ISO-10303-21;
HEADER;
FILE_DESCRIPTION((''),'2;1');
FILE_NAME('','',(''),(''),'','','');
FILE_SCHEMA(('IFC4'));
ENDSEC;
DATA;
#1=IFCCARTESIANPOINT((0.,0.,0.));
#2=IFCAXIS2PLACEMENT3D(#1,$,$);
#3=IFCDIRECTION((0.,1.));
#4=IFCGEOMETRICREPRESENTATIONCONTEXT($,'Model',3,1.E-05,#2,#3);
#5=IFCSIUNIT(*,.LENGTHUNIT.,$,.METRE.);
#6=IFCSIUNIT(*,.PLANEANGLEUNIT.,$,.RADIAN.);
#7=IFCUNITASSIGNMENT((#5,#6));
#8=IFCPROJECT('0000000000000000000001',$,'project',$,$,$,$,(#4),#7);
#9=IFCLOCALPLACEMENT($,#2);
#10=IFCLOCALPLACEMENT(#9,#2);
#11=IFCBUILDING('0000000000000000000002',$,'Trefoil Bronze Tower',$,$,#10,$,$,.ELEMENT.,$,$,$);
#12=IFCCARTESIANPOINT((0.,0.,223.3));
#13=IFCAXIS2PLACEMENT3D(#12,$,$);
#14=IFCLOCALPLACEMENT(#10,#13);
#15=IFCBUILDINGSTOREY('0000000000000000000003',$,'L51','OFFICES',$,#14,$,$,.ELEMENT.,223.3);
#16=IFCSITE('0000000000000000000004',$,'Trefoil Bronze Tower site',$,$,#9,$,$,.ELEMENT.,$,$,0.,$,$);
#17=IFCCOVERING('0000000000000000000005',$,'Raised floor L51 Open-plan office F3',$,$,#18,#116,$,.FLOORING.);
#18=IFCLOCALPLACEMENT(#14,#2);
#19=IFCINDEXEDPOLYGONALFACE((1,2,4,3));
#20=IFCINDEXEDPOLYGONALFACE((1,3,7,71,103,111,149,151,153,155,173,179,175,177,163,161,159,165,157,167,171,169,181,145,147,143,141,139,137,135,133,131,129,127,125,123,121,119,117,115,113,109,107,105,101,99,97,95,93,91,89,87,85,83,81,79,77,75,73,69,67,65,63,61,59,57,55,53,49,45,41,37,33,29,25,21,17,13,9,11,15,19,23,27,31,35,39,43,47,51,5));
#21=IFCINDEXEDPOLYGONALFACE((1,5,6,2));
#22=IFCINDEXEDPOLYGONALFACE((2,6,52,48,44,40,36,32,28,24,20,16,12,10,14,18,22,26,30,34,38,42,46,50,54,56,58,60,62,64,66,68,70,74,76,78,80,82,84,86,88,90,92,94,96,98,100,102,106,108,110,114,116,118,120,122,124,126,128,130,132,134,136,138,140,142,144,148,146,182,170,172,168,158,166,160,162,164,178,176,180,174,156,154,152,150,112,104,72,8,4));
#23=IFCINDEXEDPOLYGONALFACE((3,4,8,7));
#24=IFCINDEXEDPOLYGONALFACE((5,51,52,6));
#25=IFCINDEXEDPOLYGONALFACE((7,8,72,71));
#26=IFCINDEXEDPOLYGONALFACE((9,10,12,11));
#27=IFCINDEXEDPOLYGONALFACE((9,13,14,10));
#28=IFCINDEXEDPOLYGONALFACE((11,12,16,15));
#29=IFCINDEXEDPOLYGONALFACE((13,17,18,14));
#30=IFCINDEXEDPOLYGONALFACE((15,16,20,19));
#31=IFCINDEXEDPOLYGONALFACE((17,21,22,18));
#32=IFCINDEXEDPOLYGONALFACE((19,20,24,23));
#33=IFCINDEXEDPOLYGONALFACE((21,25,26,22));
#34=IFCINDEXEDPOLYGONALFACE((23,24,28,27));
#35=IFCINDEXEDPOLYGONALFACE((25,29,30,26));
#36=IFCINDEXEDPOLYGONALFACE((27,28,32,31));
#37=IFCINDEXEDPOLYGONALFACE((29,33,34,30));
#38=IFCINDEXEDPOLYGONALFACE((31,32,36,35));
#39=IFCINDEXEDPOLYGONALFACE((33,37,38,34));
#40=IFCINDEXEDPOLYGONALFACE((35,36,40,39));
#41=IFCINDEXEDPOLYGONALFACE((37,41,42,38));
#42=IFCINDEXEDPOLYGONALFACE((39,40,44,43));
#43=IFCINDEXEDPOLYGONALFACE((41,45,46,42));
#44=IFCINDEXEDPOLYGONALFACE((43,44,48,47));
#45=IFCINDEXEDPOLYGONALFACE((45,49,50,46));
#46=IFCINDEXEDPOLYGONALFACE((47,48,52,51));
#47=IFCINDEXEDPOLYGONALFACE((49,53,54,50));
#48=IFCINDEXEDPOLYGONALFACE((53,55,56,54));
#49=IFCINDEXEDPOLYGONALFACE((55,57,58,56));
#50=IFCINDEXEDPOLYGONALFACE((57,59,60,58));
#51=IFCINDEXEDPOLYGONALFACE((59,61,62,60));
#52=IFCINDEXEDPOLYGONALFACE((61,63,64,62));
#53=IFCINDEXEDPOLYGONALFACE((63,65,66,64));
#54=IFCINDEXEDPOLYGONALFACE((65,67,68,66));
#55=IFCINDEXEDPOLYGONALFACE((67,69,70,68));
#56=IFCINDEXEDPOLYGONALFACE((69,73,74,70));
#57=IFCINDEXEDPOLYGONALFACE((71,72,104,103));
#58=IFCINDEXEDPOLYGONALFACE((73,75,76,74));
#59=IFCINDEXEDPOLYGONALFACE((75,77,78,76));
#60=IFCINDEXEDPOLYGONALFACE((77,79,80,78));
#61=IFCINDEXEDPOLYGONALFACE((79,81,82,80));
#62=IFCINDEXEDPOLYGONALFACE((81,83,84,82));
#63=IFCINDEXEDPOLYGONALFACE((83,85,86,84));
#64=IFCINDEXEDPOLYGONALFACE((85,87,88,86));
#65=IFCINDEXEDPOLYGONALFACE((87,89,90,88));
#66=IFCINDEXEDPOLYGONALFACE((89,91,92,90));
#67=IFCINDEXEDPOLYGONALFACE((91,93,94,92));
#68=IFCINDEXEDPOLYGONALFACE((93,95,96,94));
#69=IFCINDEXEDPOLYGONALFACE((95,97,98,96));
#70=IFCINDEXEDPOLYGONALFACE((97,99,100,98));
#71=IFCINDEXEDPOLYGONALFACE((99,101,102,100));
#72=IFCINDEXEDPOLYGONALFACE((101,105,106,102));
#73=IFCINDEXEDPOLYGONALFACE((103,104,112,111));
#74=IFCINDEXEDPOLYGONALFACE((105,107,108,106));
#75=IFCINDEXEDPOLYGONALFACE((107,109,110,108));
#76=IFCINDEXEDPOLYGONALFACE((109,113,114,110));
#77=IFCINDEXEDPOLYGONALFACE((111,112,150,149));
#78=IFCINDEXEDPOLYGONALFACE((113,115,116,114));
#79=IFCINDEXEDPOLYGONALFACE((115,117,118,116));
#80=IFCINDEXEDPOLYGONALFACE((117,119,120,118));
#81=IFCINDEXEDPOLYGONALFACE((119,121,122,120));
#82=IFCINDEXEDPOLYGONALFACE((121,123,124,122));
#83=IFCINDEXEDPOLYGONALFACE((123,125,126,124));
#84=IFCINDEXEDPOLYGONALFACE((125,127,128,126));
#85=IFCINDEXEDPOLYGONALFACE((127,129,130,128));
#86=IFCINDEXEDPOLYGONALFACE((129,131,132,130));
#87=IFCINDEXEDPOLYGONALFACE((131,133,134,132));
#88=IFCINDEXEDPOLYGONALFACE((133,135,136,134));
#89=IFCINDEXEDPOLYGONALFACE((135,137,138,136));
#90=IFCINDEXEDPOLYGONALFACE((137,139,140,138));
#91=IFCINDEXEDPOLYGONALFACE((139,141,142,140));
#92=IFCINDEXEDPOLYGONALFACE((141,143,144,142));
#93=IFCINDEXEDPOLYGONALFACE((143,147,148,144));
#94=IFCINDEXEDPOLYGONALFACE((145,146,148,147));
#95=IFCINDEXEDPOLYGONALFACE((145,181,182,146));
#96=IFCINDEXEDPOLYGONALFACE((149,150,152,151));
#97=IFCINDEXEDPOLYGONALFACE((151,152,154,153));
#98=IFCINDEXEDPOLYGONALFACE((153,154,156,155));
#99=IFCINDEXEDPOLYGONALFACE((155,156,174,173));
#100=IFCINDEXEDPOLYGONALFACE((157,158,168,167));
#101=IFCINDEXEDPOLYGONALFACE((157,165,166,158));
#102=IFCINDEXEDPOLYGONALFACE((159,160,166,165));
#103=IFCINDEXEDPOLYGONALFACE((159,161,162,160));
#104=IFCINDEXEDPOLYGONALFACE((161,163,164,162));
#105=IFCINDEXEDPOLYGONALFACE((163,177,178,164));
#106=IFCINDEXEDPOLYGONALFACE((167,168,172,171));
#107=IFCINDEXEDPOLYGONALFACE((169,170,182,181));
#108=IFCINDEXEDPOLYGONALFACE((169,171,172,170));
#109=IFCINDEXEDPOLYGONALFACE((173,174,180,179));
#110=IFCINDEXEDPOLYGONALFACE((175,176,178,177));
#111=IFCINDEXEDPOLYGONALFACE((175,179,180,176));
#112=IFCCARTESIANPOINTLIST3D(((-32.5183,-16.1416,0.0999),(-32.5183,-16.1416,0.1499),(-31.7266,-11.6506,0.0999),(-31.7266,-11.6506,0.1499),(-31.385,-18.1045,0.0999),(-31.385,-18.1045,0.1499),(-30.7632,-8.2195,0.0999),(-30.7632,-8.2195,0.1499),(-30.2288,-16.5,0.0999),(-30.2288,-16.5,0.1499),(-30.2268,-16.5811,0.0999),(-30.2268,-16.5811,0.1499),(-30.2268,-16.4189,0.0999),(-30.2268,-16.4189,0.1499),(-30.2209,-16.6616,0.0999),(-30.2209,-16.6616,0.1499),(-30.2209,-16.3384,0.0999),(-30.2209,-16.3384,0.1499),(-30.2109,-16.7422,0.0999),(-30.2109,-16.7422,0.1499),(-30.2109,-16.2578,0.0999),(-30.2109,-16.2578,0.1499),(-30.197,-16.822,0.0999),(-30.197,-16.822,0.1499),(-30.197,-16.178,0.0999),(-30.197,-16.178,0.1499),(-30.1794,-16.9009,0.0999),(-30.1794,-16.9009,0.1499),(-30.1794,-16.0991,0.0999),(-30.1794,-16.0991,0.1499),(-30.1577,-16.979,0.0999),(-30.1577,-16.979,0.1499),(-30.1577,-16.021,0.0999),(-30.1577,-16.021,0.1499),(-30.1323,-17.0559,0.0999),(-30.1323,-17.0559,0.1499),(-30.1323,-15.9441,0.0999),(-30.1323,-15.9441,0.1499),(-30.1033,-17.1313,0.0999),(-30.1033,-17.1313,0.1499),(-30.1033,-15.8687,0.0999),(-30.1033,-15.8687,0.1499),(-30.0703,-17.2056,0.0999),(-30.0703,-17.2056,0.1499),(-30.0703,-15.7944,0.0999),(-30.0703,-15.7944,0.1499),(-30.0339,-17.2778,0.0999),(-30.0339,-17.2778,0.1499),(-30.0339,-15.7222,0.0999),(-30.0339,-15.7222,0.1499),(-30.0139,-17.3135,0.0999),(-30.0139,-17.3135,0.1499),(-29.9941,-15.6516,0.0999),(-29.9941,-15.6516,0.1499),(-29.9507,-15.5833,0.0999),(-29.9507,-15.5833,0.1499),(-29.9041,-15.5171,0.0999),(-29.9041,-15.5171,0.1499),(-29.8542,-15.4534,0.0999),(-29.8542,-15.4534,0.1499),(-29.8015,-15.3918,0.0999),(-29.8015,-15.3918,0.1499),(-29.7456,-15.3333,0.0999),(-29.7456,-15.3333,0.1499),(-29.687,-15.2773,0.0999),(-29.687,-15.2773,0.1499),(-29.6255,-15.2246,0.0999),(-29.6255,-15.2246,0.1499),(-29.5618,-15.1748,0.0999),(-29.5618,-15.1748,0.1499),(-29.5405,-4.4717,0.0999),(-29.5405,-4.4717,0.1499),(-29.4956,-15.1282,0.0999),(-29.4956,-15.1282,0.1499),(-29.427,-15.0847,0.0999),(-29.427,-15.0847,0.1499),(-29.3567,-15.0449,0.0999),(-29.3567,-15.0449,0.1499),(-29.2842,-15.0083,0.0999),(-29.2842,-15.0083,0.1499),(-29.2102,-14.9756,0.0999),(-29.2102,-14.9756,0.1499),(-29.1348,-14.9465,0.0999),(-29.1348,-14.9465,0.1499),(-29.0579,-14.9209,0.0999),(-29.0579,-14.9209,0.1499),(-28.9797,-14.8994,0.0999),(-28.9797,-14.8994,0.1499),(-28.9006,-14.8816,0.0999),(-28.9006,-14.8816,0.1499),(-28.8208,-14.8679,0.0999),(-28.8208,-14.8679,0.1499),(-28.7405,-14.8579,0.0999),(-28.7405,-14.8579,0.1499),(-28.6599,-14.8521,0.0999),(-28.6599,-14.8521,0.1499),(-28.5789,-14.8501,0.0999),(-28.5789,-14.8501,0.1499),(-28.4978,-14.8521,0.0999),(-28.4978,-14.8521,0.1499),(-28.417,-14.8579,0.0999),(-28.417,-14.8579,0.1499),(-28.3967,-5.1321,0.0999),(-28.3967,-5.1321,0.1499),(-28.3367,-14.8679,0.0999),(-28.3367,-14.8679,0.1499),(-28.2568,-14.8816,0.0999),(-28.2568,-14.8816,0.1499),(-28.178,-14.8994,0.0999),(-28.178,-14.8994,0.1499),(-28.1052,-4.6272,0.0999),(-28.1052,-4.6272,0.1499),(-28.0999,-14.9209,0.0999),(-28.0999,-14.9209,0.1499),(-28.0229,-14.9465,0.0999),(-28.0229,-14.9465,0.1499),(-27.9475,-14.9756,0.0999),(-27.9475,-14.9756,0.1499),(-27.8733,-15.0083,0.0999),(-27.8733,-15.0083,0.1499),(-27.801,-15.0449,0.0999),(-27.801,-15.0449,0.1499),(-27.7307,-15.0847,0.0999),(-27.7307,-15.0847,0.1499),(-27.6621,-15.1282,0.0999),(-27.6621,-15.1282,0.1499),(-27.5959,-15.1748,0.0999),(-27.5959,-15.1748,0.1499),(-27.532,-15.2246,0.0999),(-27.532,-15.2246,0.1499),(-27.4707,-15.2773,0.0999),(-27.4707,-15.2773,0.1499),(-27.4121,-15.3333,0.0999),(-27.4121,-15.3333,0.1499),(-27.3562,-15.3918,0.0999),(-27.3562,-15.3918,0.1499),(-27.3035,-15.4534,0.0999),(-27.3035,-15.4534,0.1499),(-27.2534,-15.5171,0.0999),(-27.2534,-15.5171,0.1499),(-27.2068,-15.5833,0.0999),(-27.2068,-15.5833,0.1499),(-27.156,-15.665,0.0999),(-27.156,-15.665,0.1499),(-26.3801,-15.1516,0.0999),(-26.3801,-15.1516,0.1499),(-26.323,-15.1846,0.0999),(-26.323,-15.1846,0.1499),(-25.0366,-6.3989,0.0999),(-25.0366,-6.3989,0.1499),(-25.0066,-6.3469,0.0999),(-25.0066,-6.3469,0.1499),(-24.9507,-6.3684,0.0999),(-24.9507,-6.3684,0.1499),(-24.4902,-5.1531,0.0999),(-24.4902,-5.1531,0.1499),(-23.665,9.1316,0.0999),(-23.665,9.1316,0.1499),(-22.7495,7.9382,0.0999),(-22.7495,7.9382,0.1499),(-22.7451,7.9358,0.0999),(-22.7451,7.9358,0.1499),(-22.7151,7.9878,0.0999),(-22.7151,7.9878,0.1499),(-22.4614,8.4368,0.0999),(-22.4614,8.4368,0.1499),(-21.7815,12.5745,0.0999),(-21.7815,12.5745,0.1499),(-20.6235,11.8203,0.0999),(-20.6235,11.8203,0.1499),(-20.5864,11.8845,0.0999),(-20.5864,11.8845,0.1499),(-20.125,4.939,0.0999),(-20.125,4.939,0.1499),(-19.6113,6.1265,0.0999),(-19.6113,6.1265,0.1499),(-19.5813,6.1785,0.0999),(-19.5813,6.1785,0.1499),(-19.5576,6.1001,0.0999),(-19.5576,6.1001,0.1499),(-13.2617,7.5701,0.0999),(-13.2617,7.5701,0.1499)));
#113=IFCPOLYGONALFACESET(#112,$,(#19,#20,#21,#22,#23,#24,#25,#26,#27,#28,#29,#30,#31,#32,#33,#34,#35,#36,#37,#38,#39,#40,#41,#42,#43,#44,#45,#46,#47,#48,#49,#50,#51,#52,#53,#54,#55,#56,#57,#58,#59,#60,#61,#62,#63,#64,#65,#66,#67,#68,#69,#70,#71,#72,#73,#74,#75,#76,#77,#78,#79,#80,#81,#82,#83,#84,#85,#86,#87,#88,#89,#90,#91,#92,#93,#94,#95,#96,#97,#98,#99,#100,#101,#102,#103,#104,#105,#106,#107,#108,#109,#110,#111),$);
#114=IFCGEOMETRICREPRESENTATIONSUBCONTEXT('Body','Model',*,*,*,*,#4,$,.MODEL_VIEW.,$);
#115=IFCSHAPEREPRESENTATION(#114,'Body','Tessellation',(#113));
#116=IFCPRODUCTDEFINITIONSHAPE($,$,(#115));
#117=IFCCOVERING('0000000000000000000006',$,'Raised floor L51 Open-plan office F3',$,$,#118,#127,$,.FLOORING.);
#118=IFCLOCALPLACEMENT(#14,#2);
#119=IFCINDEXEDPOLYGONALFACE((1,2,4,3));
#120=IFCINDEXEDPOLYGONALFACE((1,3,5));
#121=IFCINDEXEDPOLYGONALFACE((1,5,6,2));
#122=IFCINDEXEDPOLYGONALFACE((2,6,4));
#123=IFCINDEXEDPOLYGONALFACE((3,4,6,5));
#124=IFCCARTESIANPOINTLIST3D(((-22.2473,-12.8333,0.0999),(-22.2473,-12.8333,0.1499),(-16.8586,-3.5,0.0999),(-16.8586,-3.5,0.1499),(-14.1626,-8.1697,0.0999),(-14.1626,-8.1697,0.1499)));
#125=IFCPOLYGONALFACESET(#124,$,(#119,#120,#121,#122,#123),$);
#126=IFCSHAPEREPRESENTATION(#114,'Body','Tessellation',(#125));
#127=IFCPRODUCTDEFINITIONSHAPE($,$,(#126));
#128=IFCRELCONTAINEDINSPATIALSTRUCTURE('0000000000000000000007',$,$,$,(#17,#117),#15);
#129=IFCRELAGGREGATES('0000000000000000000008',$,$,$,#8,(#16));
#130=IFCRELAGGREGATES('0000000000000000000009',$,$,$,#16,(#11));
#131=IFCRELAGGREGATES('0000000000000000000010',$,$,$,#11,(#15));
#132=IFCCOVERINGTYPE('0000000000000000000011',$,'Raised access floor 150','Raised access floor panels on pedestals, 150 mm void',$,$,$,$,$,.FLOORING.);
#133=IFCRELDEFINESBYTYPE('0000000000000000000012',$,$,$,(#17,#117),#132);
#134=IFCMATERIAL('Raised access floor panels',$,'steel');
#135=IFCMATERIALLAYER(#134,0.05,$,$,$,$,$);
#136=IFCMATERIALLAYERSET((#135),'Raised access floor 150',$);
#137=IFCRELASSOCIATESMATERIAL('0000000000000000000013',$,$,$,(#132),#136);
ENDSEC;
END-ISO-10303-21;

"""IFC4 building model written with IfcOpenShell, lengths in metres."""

from ifc_helpers import new_model, si_unit, direction, frame, origin, place, context, subcontext, project, spatial, polyline, outline, extrude, material, layer, layer_set, type_object, element, save


model = new_model("IFC4")

# Units and contexts
model_context = context("Model", 3, precision=1e-05, world=origin(), true_north=direction((0.0, 1.0)))
body_context = subcontext(model_context, "Body", "Model", "MODEL_VIEW")
ifc_project = project(units=[si_unit("LENGTHUNIT", "METRE"), si_unit("PLANEANGLEUNIT", "RADIAN")], contexts=[model_context])

# Site, building, storey
site_placement = place(None, origin())
site = spatial("IfcSite", under=ifc_project, at=site_placement, Name="Trefoil Bronze Tower site", CompositionType="ELEMENT", RefElevation=0.0)
building_placement = place(site_placement, origin())
building = spatial("IfcBuilding", under=site, at=building_placement, Name="Trefoil Bronze Tower", CompositionType="ELEMENT")
storey_placement = place(building_placement, frame((0.0, 0.0, 223.3)))
storey = spatial("IfcBuildingStorey", under=building, at=storey_placement, Name="L51", Description="OFFICES", CompositionType="ELEMENT", Elevation=223.3)

# Coverings
ifc_material_1 = material(Name="Raised access floor panels", Category="steel")
ifc_layer_1 = layer(ifc_material_1, 0.05)
ifc_layer_set_1 = layer_set([ifc_layer_1], Name="Raised access floor 150")
covering_type = type_object("IfcCoveringType", Name="Raised access floor 150", Description="Raised access floor panels on pedestals, 150 mm void", PredefinedType="FLOORING", material=ifc_layer_set_1)
covering_1_placement = place(storey_placement, frame((0.0, 0.0, 0.0999)))
element("IfcCovering", 1, at=covering_1_placement, inside=storey, type_object=covering_type, Name="Raised floor L51 Open-plan office F3", PredefinedType="FLOORING", context=body_context, shape_type="SweptSolid", body=[
    extrude(outline(polyline([(-31.385, -18.1045), (-32.5183, -16.1416), (-31.7266, -11.6506), (-30.7632, -8.2195), (-29.5405, -4.4717), (-28.3967, -5.1321), (-28.1052, -4.6272), (-25.0366, -6.3989), (-25.0066, -6.3469), (-24.9507, -6.3684), (-24.4902, -5.1531), (-20.125, 4.939), (-19.5576, 6.1001), (-19.6113, 6.1265), (-19.5813, 6.1785), (-22.7151, 7.9878), (-22.7451, 7.9358), (-22.7495, 7.9382), (-22.4614, 8.4368), (-23.665, 9.1316), (-21.7815, 12.5745), (-20.5864, 11.8845), (-20.6235, 11.8203), (-13.2617, 7.5701), (-26.3801, -15.1516), (-26.323, -15.1846), (-27.156, -15.665), (-27.2068, -15.5833), (-27.2534, -15.5171), (-27.3035, -15.4534), (-27.3562, -15.3918), (-27.4121, -15.3333), (-27.4707, -15.2773), (-27.532, -15.2246), (-27.5959, -15.1748), (-27.6621, -15.1282), (-27.7307, -15.0847), (-27.801, -15.0449), (-27.8733, -15.0083), (-27.9475, -14.9756), (-28.0229, -14.9465), (-28.0999, -14.9209), (-28.178, -14.8994), (-28.2568, -14.8816), (-28.3367, -14.8679), (-28.417, -14.8579), (-28.4978, -14.8521), (-28.5789, -14.8501), (-28.6599, -14.8521), (-28.7405, -14.8579), (-28.8208, -14.8679), (-28.9006, -14.8816), (-28.9797, -14.8994), (-29.0579, -14.9209), (-29.1348, -14.9465), (-29.2102, -14.9756), (-29.2842, -15.0083), (-29.3567, -15.0449), (-29.427, -15.0847), (-29.4956, -15.1282), (-29.5618, -15.1748), (-29.6255, -15.2246), (-29.687, -15.2773), (-29.7456, -15.3333), (-29.8015, -15.3918), (-29.8542, -15.4534), (-29.9041, -15.5171), (-29.9507, -15.5833), (-29.9941, -15.6516), (-30.0339, -15.7222), (-30.0703, -15.7944), (-30.1033, -15.8687), (-30.1323, -15.9441), (-30.1577, -16.021), (-30.1794, -16.0991), (-30.197, -16.178), (-30.2109, -16.2578), (-30.2209, -16.3384), (-30.2268, -16.4189), (-30.2288, -16.5), (-30.2268, -16.5811), (-30.2209, -16.6616), (-30.2109, -16.7422), (-30.197, -16.822), (-30.1794, -16.9009), (-30.1577, -16.979), (-30.1323, -17.0559), (-30.1033, -17.1313), (-30.0703, -17.2056), (-30.0339, -17.2778), (-30.0139, -17.3135), (-31.385, -18.1045)])), origin(), (0.0, 0.0, 1.0), 0.05),
])
covering_2_placement = place(storey_placement, frame((0.0, 0.0, 0.0999)))
element("IfcCovering", 2, at=covering_2_placement, inside=storey, type_object=covering_type, Name="Raised floor L51 Open-plan office F3", PredefinedType="FLOORING", context=body_context, shape_type="SweptSolid", body=[
    extrude(outline(polyline([(-14.1626, -8.1697), (-22.2473, -12.8333), (-16.8586, -3.5), (-14.1626, -8.1697)])), origin(), (0.0, 0.0, 1.0), 0.05),
])

save(model, "model.ifc")
